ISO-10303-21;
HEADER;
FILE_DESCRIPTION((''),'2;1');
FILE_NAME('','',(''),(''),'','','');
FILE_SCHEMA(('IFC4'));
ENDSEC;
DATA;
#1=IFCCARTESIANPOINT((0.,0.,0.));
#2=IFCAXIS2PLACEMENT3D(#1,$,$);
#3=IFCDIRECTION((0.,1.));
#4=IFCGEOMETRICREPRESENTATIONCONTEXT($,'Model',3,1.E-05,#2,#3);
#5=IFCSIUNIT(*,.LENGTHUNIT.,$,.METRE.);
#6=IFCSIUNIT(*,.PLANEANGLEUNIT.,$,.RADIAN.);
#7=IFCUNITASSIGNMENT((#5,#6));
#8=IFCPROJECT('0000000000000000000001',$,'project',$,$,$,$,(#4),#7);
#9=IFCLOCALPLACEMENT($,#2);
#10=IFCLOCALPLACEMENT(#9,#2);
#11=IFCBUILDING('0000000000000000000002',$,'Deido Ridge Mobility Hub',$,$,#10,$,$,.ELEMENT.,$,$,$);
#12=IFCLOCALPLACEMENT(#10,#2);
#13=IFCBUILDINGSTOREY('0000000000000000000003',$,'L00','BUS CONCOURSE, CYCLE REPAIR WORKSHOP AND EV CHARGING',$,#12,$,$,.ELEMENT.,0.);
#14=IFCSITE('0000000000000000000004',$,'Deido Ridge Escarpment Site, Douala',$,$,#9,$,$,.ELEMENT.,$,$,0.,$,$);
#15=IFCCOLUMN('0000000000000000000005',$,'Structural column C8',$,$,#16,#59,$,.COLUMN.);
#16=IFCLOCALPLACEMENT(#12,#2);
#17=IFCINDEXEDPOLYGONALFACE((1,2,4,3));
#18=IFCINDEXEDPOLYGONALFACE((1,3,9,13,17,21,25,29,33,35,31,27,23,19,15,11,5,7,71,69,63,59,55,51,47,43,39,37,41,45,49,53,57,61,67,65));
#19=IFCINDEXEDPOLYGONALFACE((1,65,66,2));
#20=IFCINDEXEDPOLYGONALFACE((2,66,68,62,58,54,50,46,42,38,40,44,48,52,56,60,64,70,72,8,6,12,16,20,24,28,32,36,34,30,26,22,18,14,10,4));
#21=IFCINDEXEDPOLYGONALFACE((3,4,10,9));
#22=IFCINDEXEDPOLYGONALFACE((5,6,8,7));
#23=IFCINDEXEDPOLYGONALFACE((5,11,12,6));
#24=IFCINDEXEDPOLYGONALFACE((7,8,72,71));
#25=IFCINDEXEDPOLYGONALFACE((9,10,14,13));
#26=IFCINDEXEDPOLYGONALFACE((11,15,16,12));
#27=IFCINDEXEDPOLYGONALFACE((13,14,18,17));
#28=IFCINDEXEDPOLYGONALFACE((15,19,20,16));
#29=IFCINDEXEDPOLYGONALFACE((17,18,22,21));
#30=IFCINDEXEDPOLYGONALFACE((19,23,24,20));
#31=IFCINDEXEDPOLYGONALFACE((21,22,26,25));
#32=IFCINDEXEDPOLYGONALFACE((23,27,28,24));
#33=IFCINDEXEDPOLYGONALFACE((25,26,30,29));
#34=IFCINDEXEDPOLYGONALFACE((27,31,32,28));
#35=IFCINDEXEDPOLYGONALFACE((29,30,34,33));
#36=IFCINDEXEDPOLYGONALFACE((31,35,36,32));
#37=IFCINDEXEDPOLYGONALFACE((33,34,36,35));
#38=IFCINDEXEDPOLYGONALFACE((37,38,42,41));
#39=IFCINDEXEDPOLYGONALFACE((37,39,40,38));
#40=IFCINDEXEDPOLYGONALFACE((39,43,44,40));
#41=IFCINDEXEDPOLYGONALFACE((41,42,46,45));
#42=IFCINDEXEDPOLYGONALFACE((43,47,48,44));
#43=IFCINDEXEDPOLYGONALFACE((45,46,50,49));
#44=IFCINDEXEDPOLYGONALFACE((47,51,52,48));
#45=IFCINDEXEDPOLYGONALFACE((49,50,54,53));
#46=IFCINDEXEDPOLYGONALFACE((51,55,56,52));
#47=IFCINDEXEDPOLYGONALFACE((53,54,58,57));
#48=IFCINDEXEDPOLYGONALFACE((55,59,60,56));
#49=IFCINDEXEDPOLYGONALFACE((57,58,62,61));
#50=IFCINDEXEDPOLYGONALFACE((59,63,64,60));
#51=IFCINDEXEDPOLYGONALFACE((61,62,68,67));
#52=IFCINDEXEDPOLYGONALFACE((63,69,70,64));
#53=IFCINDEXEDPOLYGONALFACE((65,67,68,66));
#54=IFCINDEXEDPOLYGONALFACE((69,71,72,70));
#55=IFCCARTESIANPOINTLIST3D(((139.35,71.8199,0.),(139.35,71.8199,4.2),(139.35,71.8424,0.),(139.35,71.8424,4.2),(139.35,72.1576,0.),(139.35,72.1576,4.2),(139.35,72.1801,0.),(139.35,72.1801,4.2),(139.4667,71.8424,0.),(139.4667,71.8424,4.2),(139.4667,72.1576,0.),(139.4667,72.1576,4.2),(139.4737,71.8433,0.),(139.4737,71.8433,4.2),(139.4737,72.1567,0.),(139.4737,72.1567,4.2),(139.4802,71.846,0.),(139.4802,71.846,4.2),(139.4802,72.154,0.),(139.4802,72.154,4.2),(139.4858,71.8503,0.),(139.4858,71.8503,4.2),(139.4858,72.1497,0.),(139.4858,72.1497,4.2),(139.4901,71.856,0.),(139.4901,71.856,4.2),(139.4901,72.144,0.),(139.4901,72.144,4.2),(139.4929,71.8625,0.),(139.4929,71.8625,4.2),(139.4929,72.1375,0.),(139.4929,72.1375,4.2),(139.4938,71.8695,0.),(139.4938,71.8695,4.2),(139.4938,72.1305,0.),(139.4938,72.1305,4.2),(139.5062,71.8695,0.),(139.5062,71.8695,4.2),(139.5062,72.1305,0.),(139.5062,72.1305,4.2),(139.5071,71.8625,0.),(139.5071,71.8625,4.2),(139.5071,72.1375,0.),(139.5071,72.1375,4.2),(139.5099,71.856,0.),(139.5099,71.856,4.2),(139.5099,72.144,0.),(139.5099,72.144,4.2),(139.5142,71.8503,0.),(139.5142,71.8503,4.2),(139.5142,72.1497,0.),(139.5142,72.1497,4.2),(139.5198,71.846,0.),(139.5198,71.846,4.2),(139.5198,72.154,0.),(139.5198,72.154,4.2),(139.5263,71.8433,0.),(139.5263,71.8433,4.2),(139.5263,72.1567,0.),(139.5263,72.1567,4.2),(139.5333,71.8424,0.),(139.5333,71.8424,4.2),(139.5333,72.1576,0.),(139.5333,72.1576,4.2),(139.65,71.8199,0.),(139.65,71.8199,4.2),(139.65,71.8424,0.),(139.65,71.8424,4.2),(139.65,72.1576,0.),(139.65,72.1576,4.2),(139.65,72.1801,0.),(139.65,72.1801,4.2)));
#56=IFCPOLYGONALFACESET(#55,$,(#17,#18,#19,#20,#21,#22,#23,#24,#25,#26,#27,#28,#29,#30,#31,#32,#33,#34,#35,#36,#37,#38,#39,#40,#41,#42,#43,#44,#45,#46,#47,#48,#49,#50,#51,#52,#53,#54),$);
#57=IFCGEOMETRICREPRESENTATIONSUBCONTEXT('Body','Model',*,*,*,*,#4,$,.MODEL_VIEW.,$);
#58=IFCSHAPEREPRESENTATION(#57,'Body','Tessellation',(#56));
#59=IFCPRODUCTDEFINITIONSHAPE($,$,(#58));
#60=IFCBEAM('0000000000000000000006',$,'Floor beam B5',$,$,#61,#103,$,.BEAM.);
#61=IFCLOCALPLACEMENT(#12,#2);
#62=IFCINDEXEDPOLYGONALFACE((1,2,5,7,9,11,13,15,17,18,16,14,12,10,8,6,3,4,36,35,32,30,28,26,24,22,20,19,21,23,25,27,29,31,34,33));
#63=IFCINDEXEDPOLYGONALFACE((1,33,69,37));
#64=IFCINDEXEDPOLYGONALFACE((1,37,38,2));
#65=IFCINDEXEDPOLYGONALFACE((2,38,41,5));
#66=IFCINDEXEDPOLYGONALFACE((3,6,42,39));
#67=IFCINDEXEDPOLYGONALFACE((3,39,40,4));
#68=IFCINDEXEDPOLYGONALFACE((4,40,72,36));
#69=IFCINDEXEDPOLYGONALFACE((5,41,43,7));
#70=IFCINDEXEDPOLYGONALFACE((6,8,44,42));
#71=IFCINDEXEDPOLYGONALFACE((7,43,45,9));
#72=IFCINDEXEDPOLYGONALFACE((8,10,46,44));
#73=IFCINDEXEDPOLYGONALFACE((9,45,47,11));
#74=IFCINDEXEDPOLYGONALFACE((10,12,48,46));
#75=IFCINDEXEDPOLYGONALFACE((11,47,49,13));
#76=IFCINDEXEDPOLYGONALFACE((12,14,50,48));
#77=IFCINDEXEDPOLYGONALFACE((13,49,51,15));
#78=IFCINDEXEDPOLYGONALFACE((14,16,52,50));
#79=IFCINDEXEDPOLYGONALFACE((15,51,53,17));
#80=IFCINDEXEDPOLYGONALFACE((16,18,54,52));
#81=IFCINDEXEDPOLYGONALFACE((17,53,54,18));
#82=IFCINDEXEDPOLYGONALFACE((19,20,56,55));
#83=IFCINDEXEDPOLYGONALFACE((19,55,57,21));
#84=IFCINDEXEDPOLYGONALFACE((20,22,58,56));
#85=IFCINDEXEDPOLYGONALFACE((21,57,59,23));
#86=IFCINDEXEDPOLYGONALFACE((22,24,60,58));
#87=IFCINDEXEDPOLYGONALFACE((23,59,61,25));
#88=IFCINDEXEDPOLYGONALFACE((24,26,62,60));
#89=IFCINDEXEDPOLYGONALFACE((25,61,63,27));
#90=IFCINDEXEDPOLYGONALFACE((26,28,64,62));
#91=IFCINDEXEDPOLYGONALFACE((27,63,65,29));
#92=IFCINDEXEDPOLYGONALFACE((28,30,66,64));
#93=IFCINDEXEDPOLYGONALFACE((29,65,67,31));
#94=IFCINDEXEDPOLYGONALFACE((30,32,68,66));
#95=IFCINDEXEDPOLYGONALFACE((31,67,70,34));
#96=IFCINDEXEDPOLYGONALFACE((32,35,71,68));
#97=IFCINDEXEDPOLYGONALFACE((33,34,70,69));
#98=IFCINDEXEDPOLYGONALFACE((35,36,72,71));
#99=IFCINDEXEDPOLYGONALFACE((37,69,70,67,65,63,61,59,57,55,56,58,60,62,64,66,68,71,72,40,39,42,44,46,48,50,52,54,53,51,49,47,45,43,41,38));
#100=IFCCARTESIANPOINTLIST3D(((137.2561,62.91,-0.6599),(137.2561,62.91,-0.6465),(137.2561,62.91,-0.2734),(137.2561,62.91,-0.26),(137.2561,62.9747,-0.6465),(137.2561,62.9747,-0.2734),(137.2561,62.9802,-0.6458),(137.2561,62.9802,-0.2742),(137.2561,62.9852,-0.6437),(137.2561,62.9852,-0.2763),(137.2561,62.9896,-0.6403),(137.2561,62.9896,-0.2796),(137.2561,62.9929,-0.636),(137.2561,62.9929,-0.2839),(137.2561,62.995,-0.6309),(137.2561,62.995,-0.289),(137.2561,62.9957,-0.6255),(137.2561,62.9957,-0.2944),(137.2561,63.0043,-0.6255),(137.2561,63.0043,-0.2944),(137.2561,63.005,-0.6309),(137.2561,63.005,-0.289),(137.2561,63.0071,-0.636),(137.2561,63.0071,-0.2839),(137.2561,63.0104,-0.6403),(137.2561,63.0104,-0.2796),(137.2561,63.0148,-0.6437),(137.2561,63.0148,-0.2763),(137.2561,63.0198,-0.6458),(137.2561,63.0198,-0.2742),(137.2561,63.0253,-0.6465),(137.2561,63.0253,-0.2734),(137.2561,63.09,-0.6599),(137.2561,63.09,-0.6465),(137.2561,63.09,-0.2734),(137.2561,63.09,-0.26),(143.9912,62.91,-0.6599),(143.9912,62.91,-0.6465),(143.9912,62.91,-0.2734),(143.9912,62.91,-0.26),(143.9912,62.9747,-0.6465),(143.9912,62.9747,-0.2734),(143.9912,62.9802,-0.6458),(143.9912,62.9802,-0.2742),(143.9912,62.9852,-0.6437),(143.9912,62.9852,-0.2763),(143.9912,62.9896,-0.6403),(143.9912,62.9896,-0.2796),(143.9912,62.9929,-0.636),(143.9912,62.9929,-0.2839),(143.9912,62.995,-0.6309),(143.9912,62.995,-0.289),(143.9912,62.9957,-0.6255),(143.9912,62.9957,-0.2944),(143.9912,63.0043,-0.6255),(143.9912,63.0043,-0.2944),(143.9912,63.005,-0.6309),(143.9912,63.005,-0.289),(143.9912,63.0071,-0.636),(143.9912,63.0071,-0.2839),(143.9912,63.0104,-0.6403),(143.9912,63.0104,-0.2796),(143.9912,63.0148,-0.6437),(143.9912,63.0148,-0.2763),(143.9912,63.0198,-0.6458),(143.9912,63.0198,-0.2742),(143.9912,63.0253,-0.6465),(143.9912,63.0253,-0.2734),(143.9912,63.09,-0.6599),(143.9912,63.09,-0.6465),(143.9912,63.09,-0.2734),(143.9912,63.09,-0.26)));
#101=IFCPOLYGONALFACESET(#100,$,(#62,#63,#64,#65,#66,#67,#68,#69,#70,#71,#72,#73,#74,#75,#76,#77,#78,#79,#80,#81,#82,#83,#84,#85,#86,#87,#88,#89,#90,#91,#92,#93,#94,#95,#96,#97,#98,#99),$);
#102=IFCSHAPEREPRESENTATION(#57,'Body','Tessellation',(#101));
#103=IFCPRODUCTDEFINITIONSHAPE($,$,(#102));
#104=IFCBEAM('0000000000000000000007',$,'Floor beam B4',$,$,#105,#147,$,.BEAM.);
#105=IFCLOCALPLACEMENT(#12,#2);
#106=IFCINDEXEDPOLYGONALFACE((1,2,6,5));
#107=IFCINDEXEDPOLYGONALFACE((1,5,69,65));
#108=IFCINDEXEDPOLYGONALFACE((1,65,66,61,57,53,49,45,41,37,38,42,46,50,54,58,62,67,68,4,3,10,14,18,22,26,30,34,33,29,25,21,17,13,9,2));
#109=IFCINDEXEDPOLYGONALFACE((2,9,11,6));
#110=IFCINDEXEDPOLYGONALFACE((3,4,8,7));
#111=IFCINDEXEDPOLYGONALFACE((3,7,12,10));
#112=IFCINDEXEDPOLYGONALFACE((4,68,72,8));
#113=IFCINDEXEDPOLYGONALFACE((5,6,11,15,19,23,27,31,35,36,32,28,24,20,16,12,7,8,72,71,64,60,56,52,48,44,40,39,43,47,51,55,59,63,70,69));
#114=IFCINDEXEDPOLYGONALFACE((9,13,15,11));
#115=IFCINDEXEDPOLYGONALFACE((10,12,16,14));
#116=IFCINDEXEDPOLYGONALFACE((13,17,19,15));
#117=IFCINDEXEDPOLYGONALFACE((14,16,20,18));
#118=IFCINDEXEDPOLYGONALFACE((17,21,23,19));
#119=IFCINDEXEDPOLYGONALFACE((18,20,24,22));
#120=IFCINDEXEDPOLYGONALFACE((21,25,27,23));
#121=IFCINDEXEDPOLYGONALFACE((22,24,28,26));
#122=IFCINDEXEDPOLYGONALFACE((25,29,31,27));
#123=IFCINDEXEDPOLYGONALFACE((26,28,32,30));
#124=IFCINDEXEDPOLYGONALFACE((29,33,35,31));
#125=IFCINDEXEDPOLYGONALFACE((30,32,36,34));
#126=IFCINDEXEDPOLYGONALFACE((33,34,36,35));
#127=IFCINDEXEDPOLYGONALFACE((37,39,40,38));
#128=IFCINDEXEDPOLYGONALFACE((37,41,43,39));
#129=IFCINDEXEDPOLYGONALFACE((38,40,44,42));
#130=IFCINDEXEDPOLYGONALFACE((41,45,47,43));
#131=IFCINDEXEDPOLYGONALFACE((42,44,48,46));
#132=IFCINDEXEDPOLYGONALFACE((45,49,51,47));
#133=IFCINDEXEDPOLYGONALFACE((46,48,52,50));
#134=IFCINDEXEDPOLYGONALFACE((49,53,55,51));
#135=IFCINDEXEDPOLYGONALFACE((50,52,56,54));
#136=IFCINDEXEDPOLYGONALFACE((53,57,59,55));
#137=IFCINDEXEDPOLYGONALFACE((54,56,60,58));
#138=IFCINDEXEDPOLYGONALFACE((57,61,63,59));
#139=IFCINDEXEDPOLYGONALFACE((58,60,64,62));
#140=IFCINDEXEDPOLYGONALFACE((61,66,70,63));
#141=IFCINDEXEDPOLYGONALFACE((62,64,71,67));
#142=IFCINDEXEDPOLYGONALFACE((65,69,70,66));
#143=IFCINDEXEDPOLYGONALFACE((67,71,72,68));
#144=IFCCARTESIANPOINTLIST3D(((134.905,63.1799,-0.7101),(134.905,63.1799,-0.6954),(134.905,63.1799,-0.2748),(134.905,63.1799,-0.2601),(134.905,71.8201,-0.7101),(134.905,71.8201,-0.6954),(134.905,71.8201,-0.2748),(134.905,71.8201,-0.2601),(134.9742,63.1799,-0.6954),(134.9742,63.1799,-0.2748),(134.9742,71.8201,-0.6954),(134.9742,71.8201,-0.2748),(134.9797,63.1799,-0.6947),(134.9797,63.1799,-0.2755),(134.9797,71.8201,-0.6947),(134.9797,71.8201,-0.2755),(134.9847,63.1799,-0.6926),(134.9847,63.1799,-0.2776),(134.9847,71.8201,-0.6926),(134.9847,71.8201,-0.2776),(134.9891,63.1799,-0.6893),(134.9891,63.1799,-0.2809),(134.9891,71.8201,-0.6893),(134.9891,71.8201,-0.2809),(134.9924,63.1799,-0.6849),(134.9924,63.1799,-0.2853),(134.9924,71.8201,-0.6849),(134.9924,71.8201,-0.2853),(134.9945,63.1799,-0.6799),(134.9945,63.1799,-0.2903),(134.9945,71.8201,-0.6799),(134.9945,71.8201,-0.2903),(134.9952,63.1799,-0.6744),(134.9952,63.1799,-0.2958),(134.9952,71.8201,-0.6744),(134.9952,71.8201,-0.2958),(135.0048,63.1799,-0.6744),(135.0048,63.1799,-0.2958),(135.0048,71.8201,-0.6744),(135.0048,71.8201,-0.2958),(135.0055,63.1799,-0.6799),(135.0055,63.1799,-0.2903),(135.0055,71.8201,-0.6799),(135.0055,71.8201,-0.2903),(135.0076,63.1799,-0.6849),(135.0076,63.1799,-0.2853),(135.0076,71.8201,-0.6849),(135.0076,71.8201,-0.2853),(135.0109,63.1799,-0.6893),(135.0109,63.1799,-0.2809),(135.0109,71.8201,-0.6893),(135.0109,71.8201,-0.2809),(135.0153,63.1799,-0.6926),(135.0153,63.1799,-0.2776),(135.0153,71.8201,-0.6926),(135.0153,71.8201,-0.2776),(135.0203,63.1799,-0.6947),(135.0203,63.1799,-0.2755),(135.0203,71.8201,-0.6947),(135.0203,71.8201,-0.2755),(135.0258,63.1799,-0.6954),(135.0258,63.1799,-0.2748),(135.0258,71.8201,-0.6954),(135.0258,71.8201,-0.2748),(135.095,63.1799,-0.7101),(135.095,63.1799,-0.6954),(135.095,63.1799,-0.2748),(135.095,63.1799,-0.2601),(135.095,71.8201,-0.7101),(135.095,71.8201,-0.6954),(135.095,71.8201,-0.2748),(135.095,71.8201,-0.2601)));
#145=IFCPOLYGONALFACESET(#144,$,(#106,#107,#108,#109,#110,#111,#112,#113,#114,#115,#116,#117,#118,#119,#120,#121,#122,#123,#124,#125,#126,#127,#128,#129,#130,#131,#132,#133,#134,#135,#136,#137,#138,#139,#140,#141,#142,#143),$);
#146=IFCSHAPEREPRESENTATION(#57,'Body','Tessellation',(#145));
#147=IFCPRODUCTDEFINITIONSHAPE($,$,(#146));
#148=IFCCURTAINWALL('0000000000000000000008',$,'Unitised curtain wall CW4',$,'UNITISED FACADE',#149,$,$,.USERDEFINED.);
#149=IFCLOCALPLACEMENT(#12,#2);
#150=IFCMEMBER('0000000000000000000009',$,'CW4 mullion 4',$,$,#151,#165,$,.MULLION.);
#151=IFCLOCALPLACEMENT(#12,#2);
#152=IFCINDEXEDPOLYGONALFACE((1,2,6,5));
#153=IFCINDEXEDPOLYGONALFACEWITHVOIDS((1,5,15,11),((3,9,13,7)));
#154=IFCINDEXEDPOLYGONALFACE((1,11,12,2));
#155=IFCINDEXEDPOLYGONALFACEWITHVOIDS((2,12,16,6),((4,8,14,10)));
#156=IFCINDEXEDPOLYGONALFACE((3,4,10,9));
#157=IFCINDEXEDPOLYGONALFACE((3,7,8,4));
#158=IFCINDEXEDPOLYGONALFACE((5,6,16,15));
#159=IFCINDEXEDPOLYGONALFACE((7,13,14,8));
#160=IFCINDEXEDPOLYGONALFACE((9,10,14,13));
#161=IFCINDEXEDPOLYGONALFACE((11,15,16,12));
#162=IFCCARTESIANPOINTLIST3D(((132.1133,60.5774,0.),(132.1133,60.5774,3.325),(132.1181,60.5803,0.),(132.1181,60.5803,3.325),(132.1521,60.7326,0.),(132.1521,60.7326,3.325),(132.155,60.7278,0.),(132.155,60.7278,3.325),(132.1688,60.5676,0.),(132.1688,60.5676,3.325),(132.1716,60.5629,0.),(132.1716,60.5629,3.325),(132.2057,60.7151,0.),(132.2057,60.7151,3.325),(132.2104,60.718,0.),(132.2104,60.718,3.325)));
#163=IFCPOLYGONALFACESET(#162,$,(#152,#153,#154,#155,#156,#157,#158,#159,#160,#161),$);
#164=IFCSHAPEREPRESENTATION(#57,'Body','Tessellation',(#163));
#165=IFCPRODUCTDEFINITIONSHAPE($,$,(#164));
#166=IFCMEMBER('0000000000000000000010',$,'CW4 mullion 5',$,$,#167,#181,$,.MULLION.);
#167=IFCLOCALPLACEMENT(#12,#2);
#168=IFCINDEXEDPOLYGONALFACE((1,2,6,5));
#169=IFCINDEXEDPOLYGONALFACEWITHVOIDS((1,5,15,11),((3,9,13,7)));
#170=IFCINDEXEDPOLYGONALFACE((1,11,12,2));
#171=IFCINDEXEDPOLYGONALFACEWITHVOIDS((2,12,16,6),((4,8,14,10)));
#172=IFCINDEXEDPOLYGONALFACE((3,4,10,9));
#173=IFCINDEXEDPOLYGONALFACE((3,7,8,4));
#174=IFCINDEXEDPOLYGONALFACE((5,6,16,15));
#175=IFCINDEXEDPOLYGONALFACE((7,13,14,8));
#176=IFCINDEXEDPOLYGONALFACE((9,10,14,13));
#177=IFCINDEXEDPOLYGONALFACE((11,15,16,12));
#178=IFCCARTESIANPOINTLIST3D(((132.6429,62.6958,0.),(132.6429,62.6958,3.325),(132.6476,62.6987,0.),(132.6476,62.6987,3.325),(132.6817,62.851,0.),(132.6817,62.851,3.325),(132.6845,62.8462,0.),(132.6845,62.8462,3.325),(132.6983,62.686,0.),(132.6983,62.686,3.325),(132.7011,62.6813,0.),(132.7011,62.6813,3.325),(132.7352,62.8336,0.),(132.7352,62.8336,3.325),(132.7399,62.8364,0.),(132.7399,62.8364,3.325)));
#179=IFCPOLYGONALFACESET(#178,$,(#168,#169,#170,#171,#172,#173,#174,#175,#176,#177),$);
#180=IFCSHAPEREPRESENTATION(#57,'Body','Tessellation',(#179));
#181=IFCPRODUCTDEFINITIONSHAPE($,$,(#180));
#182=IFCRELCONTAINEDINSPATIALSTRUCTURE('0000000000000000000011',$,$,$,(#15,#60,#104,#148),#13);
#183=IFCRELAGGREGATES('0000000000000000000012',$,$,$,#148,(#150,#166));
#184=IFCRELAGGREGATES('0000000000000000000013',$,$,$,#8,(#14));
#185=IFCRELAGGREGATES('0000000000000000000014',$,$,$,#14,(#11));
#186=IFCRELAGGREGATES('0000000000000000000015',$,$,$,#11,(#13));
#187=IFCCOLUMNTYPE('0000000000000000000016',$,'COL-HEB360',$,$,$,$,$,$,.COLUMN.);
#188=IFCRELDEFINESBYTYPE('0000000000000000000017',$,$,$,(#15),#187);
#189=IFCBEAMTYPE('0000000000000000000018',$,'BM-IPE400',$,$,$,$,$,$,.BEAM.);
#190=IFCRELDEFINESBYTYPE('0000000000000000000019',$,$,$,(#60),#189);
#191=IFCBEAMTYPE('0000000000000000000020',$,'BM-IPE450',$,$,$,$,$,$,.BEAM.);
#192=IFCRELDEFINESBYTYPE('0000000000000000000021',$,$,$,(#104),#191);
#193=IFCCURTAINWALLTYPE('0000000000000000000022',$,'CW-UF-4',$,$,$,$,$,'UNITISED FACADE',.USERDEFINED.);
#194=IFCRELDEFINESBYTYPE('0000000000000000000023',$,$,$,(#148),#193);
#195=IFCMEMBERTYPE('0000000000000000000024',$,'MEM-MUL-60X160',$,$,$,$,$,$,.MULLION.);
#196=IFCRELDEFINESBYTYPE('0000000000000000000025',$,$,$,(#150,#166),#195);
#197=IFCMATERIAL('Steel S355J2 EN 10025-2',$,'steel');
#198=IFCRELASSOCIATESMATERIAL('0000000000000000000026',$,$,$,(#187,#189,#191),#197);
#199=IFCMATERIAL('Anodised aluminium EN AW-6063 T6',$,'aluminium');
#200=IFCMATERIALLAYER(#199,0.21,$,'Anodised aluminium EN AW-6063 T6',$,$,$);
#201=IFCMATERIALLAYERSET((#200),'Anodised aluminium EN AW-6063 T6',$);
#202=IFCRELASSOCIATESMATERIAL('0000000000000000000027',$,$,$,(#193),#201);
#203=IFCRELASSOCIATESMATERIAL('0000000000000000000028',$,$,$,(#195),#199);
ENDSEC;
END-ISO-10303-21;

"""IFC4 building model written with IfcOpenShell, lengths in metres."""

from ifc_helpers import new_model, si_unit, direction, frame, origin, origin_2d, place, context, subcontext, project, spatial, hollow_rectangle, i_section, extrude, material, layer, layer_set, material_profile, profile_set, type_object, element, aggregate, save


model = new_model("IFC4")

# Units and contexts
model_context = context("Model", 3, precision=1e-05, world=origin(), true_north=direction((0.0, 1.0)))
body_context = subcontext(model_context, "Body", "Model", "MODEL_VIEW")
ifc_project = project(units=[si_unit("LENGTHUNIT", "METRE"), si_unit("PLANEANGLEUNIT", "RADIAN")], contexts=[model_context])

# Site, building, storey
site_placement = place(None, origin())
site = spatial("IfcSite", under=ifc_project, at=site_placement, Name="Deido Ridge Escarpment Site, Douala", CompositionType="ELEMENT", RefElevation=0.0)
building_placement = place(site_placement, origin())
building = spatial("IfcBuilding", under=site, at=building_placement, Name="Deido Ridge Mobility Hub", CompositionType="ELEMENT")
storey_placement = place(building_placement, origin())
storey = spatial("IfcBuildingStorey", under=building, at=storey_placement, Name="L00", Description="BUS CONCOURSE, CYCLE REPAIR WORKSHOP AND EV CHARGING", CompositionType="ELEMENT", Elevation=0.0)

# Column
ifc_material_1 = material(Name="Steel S355J2 EN 10025-2", Category="steel")
ifc_material_profile_1 = material_profile(ifc_material_1, i_section(OverallWidth=0.3, OverallDepth=0.3601, WebThickness=0.0125, FlangeThickness=0.0225, FilletRadius=0.0271, at=origin_2d()), Name="HEB 360")
ifc_profile_set_1 = profile_set([ifc_material_profile_1], Name="Steel S355J2 EN 10025-2")
column_type = type_object("IfcColumnType", Name="COL-HEB360", PredefinedType="COLUMN", material=ifc_profile_set_1)
for number, where, z_axis, x_axis, name in (
    (1, (139.5, 72.0, 0.0), (0.0, 0.0, 1.0), (1.0, 0.0, 0.0), "Structural column C8"),
):
    element("IfcColumn", number, at=place(storey_placement, frame(where, z_axis=z_axis, x_axis=x_axis)), inside=storey, type_object=column_type, Name=name, PredefinedType="COLUMN", context=body_context, shape_type="SweptSolid", body=[
        extrude(i_section(OverallWidth=0.3, OverallDepth=0.3601, WebThickness=0.0125, FlangeThickness=0.0225, FilletRadius=0.0271, at=origin_2d()), origin(), (0.0, 0.0, 1.0), 4.2),
    ])

# Beams
ifc_material_profile_2 = material_profile(ifc_material_1, i_section(OverallWidth=0.1799, OverallDepth=0.3999, WebThickness=0.0085, FlangeThickness=0.0134, FilletRadius=0.021, at=origin_2d()), Name="IPE 400")
ifc_profile_set_2 = profile_set([ifc_material_profile_2], Name="Steel S355J2 EN 10025-2")
beam_type_1 = type_object("IfcBeamType", Name="BM-IPE400", PredefinedType="BEAM", material=ifc_profile_set_2)
beam_1_placement = place(storey_placement, frame((137.2561, 63.0, -0.46), z_axis=(1.0, 0.0, 0.0), x_axis=(0.0, 1.0, 0.0)))
element("IfcBeam", 2, at=beam_1_placement, inside=storey, type_object=beam_type_1, Name="Floor beam B5", PredefinedType="BEAM", context=body_context, shape_type="SweptSolid", body=[
    extrude(i_section(OverallWidth=0.1799, OverallDepth=0.3999, WebThickness=0.0085, FlangeThickness=0.0134, FilletRadius=0.021, at=origin_2d()), origin(), (0.0, 0.0, 1.0), 6.7351),
])
ifc_material_profile_3 = material_profile(ifc_material_1, i_section(OverallWidth=0.1899, OverallDepth=0.45, WebThickness=0.0095, FlangeThickness=0.0146, FilletRadius=0.021, at=origin_2d()), Name="IPE 450")
ifc_profile_set_3 = profile_set([ifc_material_profile_3], Name="Steel S355J2 EN 10025-2")
beam_type_2 = type_object("IfcBeamType", Name="BM-IPE450", PredefinedType="BEAM", material=ifc_profile_set_3)
beam_2_placement = place(storey_placement, frame((135.0, 63.1799, -0.4851), z_axis=(0.0, 1.0, 0.0), x_axis=(-1.0, 0.0, 0.0)))
element("IfcBeam", 3, at=beam_2_placement, inside=storey, type_object=beam_type_2, Name="Floor beam B4", PredefinedType="BEAM", context=body_context, shape_type="SweptSolid", body=[
    extrude(i_section(OverallWidth=0.1899, OverallDepth=0.45, WebThickness=0.0095, FlangeThickness=0.0146, FilletRadius=0.021, at=origin_2d()), origin(), (0.0, 0.0, 1.0), 8.6401),
])

# Curtain wall, members
ifc_material_2 = material(Name="Anodised aluminium EN AW-6063 T6", Category="aluminium")
ifc_layer_1 = layer(ifc_material_2, 0.21, Name="Anodised aluminium EN AW-6063 T6")
ifc_layer_set_1 = layer_set([ifc_layer_1], Name="Anodised aluminium EN AW-6063 T6")
curtain_wall_type = type_object("IfcCurtainWallType", Name="CW-UF-4", ElementType="UNITISED FACADE", PredefinedType="USERDEFINED", material=ifc_layer_set_1)
curtain_wall_placement = place(storey_placement, origin())
curtain_wall = element("IfcCurtainWall", 4, at=curtain_wall_placement, inside=storey, type_object=curtain_wall_type, Name="Unitised curtain wall CW4", ObjectType="UNITISED FACADE", PredefinedType="USERDEFINED")
ifc_material_profile_4 = material_profile(ifc_material_2, hollow_rectangle(XDim=0.0601, YDim=0.1599, WallThickness=0.0039, at=origin_2d()), Name="RHS 60x160x4")
ifc_profile_set_4 = profile_set([ifc_material_profile_4], Name="Anodised aluminium EN AW-6063 T6")
member_type_1 = type_object("IfcMemberType", Name="MEM-MUL-60X160", PredefinedType="MULLION", material=ifc_profile_set_4)
member_1_placement = place(storey_placement, frame((132.1619, 60.6477, 0.0), z_axis=(0.0, 0.0, 1.0), x_axis=(-0.970144, 0.24253, 0.0)))
member_1 = element("IfcMember", 5, at=member_1_placement, type_object=member_type_1, Name="CW4 mullion 4", PredefinedType="MULLION", context=body_context, shape_type="SweptSolid", body=[
    extrude(hollow_rectangle(XDim=0.0601, YDim=0.1599, WallThickness=0.0039, at=origin_2d()), origin(), (0.0, 0.0, 1.0), 3.325),
])
member_2_placement = place(storey_placement, frame((132.6914, 62.7661, 0.0), z_axis=(0.0, 0.0, 1.0), x_axis=(-0.970144, 0.24253, 0.0)))
member_2 = element("IfcMember", 6, at=member_2_placement, type_object=member_type_1, Name="CW4 mullion 5", PredefinedType="MULLION", context=body_context, shape_type="SweptSolid", body=[
    extrude(hollow_rectangle(XDim=0.0601, YDim=0.1599, WallThickness=0.0039, at=origin_2d()), origin(), (0.0, 0.0, 1.0), 3.325),
])

aggregate(curtain_wall, [member_1, member_2])

save(model, "model.ifc")
